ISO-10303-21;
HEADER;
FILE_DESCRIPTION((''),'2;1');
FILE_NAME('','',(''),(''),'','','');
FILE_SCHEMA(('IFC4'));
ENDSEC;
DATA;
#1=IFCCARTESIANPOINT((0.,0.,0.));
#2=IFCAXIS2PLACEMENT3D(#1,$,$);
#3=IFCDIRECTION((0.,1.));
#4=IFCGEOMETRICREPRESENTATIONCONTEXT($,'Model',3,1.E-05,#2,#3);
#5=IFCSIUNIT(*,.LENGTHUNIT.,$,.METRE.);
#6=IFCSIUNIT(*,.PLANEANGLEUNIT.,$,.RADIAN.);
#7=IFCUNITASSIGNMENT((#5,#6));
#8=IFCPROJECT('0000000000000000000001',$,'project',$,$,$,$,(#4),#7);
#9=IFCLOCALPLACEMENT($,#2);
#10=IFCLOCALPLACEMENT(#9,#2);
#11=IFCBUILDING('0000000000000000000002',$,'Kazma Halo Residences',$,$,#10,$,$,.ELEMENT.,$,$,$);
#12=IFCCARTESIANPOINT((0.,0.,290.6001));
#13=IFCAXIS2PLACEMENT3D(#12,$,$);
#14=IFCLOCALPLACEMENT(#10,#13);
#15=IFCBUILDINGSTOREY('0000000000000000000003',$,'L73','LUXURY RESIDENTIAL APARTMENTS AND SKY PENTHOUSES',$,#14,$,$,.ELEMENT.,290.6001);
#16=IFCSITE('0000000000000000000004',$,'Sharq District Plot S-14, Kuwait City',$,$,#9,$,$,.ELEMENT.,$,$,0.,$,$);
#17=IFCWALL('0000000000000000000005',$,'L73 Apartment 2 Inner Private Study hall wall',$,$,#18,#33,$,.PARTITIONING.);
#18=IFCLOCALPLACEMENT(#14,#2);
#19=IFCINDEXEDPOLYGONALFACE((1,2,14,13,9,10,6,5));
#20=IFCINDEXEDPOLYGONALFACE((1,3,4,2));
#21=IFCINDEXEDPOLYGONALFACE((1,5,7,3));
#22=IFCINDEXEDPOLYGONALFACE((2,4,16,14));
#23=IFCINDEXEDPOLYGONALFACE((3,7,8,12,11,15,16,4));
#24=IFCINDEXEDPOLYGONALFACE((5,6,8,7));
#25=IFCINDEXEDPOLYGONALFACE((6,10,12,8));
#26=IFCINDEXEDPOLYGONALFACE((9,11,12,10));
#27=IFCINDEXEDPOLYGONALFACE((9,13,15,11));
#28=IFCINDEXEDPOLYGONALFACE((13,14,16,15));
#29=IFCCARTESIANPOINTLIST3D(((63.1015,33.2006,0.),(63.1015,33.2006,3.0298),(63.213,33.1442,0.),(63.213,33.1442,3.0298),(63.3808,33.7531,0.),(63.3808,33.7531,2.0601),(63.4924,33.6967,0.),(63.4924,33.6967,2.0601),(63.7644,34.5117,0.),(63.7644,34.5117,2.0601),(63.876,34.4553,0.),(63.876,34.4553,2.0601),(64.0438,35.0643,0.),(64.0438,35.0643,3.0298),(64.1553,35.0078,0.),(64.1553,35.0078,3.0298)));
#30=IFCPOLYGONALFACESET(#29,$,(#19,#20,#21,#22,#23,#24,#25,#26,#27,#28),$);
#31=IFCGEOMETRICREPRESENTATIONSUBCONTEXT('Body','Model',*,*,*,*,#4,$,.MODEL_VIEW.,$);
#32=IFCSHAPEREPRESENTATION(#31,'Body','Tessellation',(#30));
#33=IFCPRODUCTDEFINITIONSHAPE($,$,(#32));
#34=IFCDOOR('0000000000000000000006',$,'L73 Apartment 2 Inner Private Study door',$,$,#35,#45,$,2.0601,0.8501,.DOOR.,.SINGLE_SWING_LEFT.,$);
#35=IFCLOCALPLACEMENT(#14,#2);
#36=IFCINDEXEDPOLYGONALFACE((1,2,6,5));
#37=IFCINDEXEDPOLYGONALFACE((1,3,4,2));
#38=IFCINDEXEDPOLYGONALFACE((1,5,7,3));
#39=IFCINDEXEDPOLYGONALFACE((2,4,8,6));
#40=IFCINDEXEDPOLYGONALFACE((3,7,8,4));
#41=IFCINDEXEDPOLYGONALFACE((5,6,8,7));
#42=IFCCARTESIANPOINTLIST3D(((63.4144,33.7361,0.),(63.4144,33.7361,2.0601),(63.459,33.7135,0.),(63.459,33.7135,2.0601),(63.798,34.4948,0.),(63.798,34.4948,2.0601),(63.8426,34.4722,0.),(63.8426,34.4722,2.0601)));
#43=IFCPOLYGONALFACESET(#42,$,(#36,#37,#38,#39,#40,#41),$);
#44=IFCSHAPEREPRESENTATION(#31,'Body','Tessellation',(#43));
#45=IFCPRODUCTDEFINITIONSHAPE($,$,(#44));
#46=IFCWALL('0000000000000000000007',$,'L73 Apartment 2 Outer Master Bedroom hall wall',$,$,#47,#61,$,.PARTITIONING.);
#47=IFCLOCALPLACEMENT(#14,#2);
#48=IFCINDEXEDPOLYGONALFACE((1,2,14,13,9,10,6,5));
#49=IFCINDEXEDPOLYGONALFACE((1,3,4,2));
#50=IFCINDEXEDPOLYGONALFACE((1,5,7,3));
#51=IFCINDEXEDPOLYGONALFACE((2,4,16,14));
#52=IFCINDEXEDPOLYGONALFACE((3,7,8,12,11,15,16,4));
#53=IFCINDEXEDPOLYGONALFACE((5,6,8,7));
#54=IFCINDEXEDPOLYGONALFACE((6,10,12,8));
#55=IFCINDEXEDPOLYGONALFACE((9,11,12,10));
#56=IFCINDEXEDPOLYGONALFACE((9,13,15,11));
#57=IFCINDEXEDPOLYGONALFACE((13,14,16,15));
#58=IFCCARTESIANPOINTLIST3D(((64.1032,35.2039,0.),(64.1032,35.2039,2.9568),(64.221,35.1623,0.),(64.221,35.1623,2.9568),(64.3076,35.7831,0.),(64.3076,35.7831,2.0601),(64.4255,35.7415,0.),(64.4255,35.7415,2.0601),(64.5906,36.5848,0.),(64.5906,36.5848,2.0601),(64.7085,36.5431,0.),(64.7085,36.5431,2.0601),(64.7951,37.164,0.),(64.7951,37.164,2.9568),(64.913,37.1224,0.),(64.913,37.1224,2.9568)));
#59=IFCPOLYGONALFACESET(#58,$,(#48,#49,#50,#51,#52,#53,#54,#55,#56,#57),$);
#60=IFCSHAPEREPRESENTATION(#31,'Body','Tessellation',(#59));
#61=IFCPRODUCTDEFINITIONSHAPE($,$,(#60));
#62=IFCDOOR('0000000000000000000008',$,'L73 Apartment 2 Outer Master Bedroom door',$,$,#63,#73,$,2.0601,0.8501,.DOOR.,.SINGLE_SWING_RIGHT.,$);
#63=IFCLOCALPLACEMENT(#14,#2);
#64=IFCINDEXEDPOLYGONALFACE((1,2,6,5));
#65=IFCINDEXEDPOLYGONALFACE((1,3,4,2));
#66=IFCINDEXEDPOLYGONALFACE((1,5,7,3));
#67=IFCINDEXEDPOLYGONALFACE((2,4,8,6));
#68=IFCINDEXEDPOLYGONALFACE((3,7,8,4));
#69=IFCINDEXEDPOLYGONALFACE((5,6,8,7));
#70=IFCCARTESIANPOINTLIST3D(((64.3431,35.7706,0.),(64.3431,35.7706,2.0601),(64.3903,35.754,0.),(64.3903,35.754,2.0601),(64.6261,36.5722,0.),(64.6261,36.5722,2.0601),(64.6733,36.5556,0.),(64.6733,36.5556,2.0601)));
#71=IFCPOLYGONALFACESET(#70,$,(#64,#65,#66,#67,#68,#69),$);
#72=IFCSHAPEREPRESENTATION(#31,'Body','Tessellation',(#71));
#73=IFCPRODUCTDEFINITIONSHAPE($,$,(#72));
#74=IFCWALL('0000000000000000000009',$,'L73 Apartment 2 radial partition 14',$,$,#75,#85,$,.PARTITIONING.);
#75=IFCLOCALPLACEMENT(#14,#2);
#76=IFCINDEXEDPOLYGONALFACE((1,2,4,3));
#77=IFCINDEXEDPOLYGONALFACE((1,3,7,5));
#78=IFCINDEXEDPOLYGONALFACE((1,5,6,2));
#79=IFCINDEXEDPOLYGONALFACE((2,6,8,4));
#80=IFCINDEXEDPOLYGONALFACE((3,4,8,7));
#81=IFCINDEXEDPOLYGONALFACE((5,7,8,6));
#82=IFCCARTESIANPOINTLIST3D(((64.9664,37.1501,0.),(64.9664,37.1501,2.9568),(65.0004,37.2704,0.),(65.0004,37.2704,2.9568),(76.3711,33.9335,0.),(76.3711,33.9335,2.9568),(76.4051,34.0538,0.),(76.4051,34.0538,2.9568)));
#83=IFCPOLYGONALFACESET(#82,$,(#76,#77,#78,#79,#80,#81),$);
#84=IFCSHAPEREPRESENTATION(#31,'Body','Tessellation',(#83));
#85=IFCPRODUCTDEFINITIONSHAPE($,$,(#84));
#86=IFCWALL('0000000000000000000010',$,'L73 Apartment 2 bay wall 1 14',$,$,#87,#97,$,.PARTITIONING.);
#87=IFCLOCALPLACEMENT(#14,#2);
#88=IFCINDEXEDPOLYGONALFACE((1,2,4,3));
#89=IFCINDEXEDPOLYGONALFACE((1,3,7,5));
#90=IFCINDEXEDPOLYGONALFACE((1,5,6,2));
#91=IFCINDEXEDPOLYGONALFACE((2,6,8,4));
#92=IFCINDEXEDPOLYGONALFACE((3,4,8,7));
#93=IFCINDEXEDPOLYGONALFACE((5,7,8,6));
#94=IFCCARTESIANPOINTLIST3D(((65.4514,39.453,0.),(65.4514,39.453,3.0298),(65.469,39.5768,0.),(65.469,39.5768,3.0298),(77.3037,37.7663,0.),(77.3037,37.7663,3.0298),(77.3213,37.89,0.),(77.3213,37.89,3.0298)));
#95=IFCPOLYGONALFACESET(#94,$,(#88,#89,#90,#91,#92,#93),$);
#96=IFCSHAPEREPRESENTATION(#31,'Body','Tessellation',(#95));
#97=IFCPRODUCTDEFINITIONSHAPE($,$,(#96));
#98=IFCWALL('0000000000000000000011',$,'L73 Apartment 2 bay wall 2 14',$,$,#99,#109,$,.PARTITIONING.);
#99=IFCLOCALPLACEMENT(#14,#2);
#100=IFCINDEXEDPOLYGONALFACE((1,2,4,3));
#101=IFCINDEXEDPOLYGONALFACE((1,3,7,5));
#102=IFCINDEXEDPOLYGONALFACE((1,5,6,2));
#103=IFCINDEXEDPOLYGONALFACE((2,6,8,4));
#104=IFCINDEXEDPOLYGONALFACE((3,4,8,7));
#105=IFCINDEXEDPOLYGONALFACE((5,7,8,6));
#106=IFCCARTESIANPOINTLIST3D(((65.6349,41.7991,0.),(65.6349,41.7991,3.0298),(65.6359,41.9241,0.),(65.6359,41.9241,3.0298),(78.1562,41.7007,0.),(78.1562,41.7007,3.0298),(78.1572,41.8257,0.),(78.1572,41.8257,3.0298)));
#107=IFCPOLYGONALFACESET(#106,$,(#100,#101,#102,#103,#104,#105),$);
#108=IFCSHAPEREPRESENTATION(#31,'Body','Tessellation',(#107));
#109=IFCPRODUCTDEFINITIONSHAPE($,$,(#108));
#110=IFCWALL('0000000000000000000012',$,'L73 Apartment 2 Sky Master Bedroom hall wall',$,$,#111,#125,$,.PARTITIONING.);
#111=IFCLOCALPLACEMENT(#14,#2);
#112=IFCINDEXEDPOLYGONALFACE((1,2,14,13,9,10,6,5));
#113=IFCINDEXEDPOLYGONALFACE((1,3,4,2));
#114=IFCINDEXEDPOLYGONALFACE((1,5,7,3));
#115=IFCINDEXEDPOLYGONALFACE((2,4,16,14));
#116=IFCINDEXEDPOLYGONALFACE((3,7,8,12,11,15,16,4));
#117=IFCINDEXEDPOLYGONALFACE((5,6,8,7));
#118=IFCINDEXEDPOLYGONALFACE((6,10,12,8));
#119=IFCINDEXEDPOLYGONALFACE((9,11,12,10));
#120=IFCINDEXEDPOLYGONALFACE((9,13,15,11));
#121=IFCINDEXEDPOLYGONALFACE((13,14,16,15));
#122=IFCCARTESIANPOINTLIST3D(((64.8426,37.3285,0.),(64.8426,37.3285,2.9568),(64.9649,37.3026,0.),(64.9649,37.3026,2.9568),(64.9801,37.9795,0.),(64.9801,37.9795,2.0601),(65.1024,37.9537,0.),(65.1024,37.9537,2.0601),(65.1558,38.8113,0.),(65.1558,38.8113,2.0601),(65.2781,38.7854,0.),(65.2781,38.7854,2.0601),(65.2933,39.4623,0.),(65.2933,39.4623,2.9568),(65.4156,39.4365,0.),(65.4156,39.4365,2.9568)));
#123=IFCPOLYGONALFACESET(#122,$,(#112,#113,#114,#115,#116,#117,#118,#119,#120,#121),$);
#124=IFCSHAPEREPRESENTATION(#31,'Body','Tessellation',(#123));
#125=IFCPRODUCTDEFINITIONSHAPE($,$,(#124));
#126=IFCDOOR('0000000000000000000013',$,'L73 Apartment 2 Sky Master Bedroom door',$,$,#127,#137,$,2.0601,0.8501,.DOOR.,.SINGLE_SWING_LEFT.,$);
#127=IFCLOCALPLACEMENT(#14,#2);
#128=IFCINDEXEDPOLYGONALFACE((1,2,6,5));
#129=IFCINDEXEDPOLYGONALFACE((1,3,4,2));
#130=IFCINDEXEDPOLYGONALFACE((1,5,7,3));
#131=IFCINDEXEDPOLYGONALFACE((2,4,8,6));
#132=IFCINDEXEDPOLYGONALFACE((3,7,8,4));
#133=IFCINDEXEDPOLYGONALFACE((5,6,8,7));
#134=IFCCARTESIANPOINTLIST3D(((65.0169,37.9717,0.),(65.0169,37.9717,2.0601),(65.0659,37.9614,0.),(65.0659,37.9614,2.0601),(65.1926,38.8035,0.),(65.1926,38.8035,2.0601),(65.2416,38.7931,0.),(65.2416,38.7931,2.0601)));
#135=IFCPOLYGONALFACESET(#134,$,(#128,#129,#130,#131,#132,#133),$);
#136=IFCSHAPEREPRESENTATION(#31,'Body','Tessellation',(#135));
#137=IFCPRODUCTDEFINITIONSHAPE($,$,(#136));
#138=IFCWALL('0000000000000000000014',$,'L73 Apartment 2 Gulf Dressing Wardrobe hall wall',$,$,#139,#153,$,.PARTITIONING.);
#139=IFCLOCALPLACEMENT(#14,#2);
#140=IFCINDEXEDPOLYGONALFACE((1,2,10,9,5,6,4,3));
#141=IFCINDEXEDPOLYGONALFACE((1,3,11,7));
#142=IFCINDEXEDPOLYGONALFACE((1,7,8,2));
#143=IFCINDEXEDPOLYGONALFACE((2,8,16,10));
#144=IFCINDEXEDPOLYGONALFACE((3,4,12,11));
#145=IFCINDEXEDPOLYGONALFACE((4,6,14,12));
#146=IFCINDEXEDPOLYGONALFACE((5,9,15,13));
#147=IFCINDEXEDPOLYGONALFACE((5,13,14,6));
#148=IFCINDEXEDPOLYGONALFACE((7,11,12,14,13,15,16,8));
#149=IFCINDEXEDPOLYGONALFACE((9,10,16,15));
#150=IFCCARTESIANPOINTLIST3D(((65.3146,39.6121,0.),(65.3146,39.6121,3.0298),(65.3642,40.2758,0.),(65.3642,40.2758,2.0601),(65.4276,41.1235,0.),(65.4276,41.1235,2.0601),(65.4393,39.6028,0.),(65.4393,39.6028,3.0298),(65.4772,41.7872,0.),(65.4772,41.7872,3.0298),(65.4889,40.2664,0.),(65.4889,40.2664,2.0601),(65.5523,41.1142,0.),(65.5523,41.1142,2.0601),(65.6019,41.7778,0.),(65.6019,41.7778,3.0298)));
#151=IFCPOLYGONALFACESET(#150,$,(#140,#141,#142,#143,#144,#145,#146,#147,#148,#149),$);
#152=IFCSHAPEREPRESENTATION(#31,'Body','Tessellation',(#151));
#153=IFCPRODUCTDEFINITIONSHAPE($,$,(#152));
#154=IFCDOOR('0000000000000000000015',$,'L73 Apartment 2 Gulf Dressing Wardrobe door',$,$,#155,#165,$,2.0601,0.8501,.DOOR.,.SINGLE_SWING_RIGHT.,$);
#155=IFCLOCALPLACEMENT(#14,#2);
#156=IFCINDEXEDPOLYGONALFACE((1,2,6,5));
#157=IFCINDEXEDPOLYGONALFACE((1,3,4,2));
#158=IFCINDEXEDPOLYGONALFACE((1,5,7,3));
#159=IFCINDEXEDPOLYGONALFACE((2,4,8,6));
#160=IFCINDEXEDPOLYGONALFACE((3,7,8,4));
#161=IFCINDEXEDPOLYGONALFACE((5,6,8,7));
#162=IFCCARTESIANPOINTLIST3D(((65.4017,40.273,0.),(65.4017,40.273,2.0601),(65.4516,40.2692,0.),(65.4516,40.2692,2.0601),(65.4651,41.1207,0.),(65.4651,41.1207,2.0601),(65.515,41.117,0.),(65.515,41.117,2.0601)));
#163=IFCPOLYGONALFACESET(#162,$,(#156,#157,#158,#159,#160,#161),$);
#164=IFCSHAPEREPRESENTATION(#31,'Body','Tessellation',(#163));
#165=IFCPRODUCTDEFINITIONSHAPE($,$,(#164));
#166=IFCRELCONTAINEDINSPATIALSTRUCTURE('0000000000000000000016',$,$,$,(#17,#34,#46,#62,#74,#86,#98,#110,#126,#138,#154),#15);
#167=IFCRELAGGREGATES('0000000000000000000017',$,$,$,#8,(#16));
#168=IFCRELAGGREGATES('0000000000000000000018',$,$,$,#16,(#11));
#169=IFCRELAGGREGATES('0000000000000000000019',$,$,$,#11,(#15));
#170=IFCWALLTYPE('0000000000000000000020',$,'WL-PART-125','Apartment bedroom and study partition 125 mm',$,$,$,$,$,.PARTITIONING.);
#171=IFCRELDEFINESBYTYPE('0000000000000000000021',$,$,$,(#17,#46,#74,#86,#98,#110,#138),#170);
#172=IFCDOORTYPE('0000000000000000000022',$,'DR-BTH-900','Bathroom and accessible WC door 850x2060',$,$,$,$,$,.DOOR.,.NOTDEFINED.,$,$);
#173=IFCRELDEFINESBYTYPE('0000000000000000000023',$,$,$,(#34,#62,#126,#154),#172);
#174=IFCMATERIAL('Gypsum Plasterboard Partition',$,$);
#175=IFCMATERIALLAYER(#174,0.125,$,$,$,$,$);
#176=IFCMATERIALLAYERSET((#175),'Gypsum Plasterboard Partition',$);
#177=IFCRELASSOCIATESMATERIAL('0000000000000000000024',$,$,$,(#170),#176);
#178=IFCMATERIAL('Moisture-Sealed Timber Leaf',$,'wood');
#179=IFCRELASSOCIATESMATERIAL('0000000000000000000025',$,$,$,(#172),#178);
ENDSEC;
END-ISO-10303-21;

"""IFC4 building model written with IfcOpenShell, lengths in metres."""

from ifc_helpers import new_model, si_unit, direction, frame, frame_2d, origin, place, context, subcontext, project, spatial, rectangle, extrude, material, layer, layer_set, type_object, element, fill, save


model = new_model("IFC4")

# Units and contexts
model_context = context("Model", 3, precision=1e-05, world=origin(), true_north=direction((0.0, 1.0)))
body_context = subcontext(model_context, "Body", "Model", "MODEL_VIEW")
ifc_project = project(units=[si_unit("LENGTHUNIT", "METRE"), si_unit("PLANEANGLEUNIT", "RADIAN")], contexts=[model_context])

# Site, building, storey
site_placement = place(None, origin())
site = spatial("IfcSite", under=ifc_project, at=site_placement, Name="Sharq District Plot S-14, Kuwait City", CompositionType="ELEMENT", RefElevation=0.0)
building_placement = place(site_placement, origin())
building = spatial("IfcBuilding", under=site, at=building_placement, Name="Kazma Halo Residences", CompositionType="ELEMENT")
storey_placement = place(building_placement, frame((0.0, 0.0, 290.6001)))
storey = spatial("IfcBuildingStorey", under=building, at=storey_placement, Name="L73", Description="LUXURY RESIDENTIAL APARTMENTS AND SKY PENTHOUSES", CompositionType="ELEMENT", Elevation=290.6001)

# Shared definitions
ifc_material_1 = material(Name="Gypsum Plasterboard Partition")
ifc_layer_1 = layer(ifc_material_1, 0.125)
ifc_layer_set_1 = layer_set([ifc_layer_1], Name="Gypsum Plasterboard Partition")
wall_type_1 = type_object("IfcWallType", Name="WL-PART-125", Description="Apartment bedroom and study partition 125 mm", PredefinedType="PARTITIONING", material=ifc_layer_set_1)

# Walls, openings, doors
wall_1_placement = place(storey_placement, frame((63.1572, 33.1724, 0.0), z_axis=(0.0, 0.0, 1.0), x_axis=(0.45123, 0.892407, 0.0)))
wall_1 = element("IfcWall", 1, at=wall_1_placement, inside=storey, type_object=wall_type_1, Name="L73 Apartment 2 Inner Private Study hall wall", PredefinedType="PARTITIONING", context=body_context, shape_type="SweptSolid", body=[
    extrude(rectangle(XDim=2.0884, YDim=0.125, at=frame_2d((1.0442, 0.0))), origin(), (0.0, 0.0, 1.0), 3.0298),
])
opening_1_placement = place(wall_1_placement, frame((0.6191, 0.0, 0.0)))
opening_1 = element("IfcOpeningElement", 2, at=opening_1_placement, cuts=wall_1, PredefinedType="OPENING", context=body_context, shape_type="SweptSolid", body=[
    extrude(rectangle(XDim=0.8501, YDim=2.0601, at=frame_2d((0.425, 1.03))), frame((0.0, 0.0725, 0.0), z_axis=(0.0, -1.0, 0.0), x_axis=(1.0, 0.0, 0.0)), (0.0, 0.0, 1.0), 0.145),
])
ifc_material_2 = material(Name="Moisture-Sealed Timber Leaf", Category="wood")
door_type = type_object("IfcDoorType", Name="DR-BTH-900", Description="Bathroom and accessible WC door 850x2060", OperationType="NOTDEFINED", PredefinedType="DOOR", material=ifc_material_2)
door_1_placement = place(opening_1_placement, origin())
door_1 = element("IfcDoor", 3, at=door_1_placement, inside=storey, type_object=door_type, Name="L73 Apartment 2 Inner Private Study door", OperationType="SINGLE_SWING_LEFT", OverallHeight=2.0601, OverallWidth=0.8501, PredefinedType="DOOR", context=body_context, shape_type="SweptSolid", body=[
    extrude(rectangle(XDim=0.8501, YDim=2.0601, at=frame_2d((0.425, 1.03))), frame((0.0, 0.0249, 0.0), z_axis=(0.0, -1.0, 0.0), x_axis=(1.0, 0.0, 0.0)), (0.0, 0.0, 1.0), 0.05),
])
fill(opening_1, door_1)
wall_2_placement = place(storey_placement, frame((64.1621, 35.1831, 0.0), z_axis=(0.0, 0.0, 1.0), x_axis=(0.332882, 0.942969, 0.0)))
wall_2 = element("IfcWall", 4, at=wall_2_placement, inside=storey, type_object=wall_type_1, Name="L73 Apartment 2 Outer Master Bedroom hall wall", PredefinedType="PARTITIONING", context=body_context, shape_type="SweptSolid", body=[
    extrude(rectangle(XDim=2.0786, YDim=0.125, at=frame_2d((1.0393, 0.0))), origin(), (0.0, 0.0, 1.0), 2.9568),
])
opening_2_placement = place(wall_2_placement, frame((0.6143, 0.0, 0.0)))
opening_2 = element("IfcOpeningElement", 5, at=opening_2_placement, cuts=wall_2, PredefinedType="OPENING", context=body_context, shape_type="SweptSolid", body=[
    extrude(rectangle(XDim=0.8501, YDim=2.0601, at=frame_2d((0.425, 1.03))), frame((0.0, 0.0725, 0.0), z_axis=(0.0, -1.0, 0.0), x_axis=(1.0, 0.0, 0.0)), (0.0, 0.0, 1.0), 0.145),
])
door_2_placement = place(opening_2_placement, origin())
door_2 = element("IfcDoor", 6, at=door_2_placement, inside=storey, type_object=door_type, Name="L73 Apartment 2 Outer Master Bedroom door", OperationType="SINGLE_SWING_RIGHT", OverallHeight=2.0601, OverallWidth=0.8501, PredefinedType="DOOR", context=body_context, shape_type="SweptSolid", body=[
    extrude(rectangle(XDim=0.8501, YDim=2.0601, at=frame_2d((0.425, 1.03))), frame((0.0, 0.0249, 0.0), z_axis=(0.0, -1.0, 0.0), x_axis=(1.0, 0.0, 0.0)), (0.0, 0.0, 1.0), 0.05),
])
fill(opening_2, door_2)

# Walls
wall_3_placement = place(storey_placement, frame((64.9834, 37.2102, 0.0), z_axis=(0.0, 0.0, 1.0), x_axis=(0.962454, -0.271446, 0.0)))
element("IfcWall", 7, at=wall_3_placement, inside=storey, type_object=wall_type_1, Name="L73 Apartment 2 radial partition 14", PredefinedType="PARTITIONING", context=body_context, shape_type="SweptSolid", body=[
    extrude(rectangle(XDim=11.8496, YDim=0.125, at=frame_2d((5.9248, 0.0))), origin(), (0.0, 0.0, 1.0), 2.9568),
])
wall_4_placement = place(storey_placement, frame((65.4602, 39.5149, 0.0), z_axis=(0.0, 0.0, 1.0), x_axis=(0.990024, -0.140896, 0.0)))
element("IfcWall", 8, at=wall_4_placement, inside=storey, type_object=wall_type_1, Name="L73 Apartment 2 bay wall 1 14", PredefinedType="PARTITIONING", context=body_context, shape_type="SweptSolid", body=[
    extrude(rectangle(XDim=11.9717, YDim=0.125, at=frame_2d((5.9858, 0.0))), origin(), (0.0, 0.0, 1.0), 3.0298),
])
wall_5_placement = place(storey_placement, frame((65.6355, 41.8616, 0.0), z_axis=(0.0, 0.0, 1.0), x_axis=(0.999969, -0.007857, 0.0)))
element("IfcWall", 9, at=wall_5_placement, inside=storey, type_object=wall_type_1, Name="L73 Apartment 2 bay wall 2 14", PredefinedType="PARTITIONING", context=body_context, shape_type="SweptSolid", body=[
    extrude(rectangle(XDim=12.5217, YDim=0.125, at=frame_2d((6.2607, 0.0))), origin(), (0.0, 0.0, 1.0), 3.0298),
])

# Walls, openings, doors
wall_6_placement = place(storey_placement, frame((64.9038, 37.3157, 0.0), z_axis=(0.0, 0.0, 1.0), x_axis=(0.206654, 0.978414, 0.0)))
wall_6 = element("IfcWall", 10, at=wall_6_placement, inside=storey, type_object=wall_type_1, Name="L73 Apartment 2 Sky Master Bedroom hall wall", PredefinedType="PARTITIONING", context=body_context, shape_type="SweptSolid", body=[
    extrude(rectangle(XDim=2.1809, YDim=0.125, at=frame_2d((1.0903, 0.0))), origin(), (0.0, 0.0, 1.0), 2.9568),
])
opening_3_placement = place(wall_6_placement, frame((0.6653, 0.0, 0.0)))
opening_3 = element("IfcOpeningElement", 11, at=opening_3_placement, cuts=wall_6, PredefinedType="OPENING", context=body_context, shape_type="SweptSolid", body=[
    extrude(rectangle(XDim=0.8501, YDim=2.0601, at=frame_2d((0.425, 1.03))), frame((0.0, 0.0725, 0.0), z_axis=(0.0, -1.0, 0.0), x_axis=(1.0, 0.0, 0.0)), (0.0, 0.0, 1.0), 0.145),
])
door_3_placement = place(opening_3_placement, origin())
door_3 = element("IfcDoor", 12, at=door_3_placement, inside=storey, type_object=door_type, Name="L73 Apartment 2 Sky Master Bedroom door", OperationType="SINGLE_SWING_LEFT", OverallHeight=2.0601, OverallWidth=0.8501, PredefinedType="DOOR", context=body_context, shape_type="SweptSolid", body=[
    extrude(rectangle(XDim=0.8501, YDim=2.0601, at=frame_2d((0.425, 1.03))), frame((0.0, 0.0249, 0.0), z_axis=(0.0, -1.0, 0.0), x_axis=(1.0, 0.0, 0.0)), (0.0, 0.0, 1.0), 0.05),
])
fill(opening_3, door_3)
wall_7_placement = place(storey_placement, frame((65.377, 39.6074, 0.0), z_axis=(0.0, 0.0, 1.0), x_axis=(0.074548, 0.997217, 0.0)))
wall_7 = element("IfcWall", 13, at=wall_7_placement, inside=storey, type_object=wall_type_1, Name="L73 Apartment 2 Gulf Dressing Wardrobe hall wall", PredefinedType="PARTITIONING", context=body_context, shape_type="SweptSolid", body=[
    extrude(rectangle(XDim=2.1812, YDim=0.125, at=frame_2d((1.0906, 0.0))), origin(), (0.0, 0.0, 1.0), 3.0298),
])
opening_4_placement = place(wall_7_placement, frame((0.6655, 0.0, 0.0)))
opening_4 = element("IfcOpeningElement", 14, at=opening_4_placement, cuts=wall_7, PredefinedType="OPENING", context=body_context, shape_type="SweptSolid", body=[
    extrude(rectangle(XDim=0.8501, YDim=2.0601, at=frame_2d((0.425, 1.03))), frame((0.0, 0.0725, 0.0), z_axis=(0.0, -1.0, 0.0), x_axis=(1.0, 0.0, 0.0)), (0.0, 0.0, 1.0), 0.145),
])
door_4_placement = place(opening_4_placement, origin())
door_4 = element("IfcDoor", 15, at=door_4_placement, inside=storey, type_object=door_type, Name="L73 Apartment 2 Gulf Dressing Wardrobe door", OperationType="SINGLE_SWING_RIGHT", OverallHeight=2.0601, OverallWidth=0.8501, PredefinedType="DOOR", context=body_context, shape_type="SweptSolid", body=[
    extrude(rectangle(XDim=0.8501, YDim=2.0601, at=frame_2d((0.425, 1.03))), frame((0.0, 0.0249, 0.0), z_axis=(0.0, -1.0, 0.0), x_axis=(1.0, 0.0, 0.0)), (0.0, 0.0, 1.0), 0.05),
])
fill(opening_4, door_4)

save(model, "model.ifc")
